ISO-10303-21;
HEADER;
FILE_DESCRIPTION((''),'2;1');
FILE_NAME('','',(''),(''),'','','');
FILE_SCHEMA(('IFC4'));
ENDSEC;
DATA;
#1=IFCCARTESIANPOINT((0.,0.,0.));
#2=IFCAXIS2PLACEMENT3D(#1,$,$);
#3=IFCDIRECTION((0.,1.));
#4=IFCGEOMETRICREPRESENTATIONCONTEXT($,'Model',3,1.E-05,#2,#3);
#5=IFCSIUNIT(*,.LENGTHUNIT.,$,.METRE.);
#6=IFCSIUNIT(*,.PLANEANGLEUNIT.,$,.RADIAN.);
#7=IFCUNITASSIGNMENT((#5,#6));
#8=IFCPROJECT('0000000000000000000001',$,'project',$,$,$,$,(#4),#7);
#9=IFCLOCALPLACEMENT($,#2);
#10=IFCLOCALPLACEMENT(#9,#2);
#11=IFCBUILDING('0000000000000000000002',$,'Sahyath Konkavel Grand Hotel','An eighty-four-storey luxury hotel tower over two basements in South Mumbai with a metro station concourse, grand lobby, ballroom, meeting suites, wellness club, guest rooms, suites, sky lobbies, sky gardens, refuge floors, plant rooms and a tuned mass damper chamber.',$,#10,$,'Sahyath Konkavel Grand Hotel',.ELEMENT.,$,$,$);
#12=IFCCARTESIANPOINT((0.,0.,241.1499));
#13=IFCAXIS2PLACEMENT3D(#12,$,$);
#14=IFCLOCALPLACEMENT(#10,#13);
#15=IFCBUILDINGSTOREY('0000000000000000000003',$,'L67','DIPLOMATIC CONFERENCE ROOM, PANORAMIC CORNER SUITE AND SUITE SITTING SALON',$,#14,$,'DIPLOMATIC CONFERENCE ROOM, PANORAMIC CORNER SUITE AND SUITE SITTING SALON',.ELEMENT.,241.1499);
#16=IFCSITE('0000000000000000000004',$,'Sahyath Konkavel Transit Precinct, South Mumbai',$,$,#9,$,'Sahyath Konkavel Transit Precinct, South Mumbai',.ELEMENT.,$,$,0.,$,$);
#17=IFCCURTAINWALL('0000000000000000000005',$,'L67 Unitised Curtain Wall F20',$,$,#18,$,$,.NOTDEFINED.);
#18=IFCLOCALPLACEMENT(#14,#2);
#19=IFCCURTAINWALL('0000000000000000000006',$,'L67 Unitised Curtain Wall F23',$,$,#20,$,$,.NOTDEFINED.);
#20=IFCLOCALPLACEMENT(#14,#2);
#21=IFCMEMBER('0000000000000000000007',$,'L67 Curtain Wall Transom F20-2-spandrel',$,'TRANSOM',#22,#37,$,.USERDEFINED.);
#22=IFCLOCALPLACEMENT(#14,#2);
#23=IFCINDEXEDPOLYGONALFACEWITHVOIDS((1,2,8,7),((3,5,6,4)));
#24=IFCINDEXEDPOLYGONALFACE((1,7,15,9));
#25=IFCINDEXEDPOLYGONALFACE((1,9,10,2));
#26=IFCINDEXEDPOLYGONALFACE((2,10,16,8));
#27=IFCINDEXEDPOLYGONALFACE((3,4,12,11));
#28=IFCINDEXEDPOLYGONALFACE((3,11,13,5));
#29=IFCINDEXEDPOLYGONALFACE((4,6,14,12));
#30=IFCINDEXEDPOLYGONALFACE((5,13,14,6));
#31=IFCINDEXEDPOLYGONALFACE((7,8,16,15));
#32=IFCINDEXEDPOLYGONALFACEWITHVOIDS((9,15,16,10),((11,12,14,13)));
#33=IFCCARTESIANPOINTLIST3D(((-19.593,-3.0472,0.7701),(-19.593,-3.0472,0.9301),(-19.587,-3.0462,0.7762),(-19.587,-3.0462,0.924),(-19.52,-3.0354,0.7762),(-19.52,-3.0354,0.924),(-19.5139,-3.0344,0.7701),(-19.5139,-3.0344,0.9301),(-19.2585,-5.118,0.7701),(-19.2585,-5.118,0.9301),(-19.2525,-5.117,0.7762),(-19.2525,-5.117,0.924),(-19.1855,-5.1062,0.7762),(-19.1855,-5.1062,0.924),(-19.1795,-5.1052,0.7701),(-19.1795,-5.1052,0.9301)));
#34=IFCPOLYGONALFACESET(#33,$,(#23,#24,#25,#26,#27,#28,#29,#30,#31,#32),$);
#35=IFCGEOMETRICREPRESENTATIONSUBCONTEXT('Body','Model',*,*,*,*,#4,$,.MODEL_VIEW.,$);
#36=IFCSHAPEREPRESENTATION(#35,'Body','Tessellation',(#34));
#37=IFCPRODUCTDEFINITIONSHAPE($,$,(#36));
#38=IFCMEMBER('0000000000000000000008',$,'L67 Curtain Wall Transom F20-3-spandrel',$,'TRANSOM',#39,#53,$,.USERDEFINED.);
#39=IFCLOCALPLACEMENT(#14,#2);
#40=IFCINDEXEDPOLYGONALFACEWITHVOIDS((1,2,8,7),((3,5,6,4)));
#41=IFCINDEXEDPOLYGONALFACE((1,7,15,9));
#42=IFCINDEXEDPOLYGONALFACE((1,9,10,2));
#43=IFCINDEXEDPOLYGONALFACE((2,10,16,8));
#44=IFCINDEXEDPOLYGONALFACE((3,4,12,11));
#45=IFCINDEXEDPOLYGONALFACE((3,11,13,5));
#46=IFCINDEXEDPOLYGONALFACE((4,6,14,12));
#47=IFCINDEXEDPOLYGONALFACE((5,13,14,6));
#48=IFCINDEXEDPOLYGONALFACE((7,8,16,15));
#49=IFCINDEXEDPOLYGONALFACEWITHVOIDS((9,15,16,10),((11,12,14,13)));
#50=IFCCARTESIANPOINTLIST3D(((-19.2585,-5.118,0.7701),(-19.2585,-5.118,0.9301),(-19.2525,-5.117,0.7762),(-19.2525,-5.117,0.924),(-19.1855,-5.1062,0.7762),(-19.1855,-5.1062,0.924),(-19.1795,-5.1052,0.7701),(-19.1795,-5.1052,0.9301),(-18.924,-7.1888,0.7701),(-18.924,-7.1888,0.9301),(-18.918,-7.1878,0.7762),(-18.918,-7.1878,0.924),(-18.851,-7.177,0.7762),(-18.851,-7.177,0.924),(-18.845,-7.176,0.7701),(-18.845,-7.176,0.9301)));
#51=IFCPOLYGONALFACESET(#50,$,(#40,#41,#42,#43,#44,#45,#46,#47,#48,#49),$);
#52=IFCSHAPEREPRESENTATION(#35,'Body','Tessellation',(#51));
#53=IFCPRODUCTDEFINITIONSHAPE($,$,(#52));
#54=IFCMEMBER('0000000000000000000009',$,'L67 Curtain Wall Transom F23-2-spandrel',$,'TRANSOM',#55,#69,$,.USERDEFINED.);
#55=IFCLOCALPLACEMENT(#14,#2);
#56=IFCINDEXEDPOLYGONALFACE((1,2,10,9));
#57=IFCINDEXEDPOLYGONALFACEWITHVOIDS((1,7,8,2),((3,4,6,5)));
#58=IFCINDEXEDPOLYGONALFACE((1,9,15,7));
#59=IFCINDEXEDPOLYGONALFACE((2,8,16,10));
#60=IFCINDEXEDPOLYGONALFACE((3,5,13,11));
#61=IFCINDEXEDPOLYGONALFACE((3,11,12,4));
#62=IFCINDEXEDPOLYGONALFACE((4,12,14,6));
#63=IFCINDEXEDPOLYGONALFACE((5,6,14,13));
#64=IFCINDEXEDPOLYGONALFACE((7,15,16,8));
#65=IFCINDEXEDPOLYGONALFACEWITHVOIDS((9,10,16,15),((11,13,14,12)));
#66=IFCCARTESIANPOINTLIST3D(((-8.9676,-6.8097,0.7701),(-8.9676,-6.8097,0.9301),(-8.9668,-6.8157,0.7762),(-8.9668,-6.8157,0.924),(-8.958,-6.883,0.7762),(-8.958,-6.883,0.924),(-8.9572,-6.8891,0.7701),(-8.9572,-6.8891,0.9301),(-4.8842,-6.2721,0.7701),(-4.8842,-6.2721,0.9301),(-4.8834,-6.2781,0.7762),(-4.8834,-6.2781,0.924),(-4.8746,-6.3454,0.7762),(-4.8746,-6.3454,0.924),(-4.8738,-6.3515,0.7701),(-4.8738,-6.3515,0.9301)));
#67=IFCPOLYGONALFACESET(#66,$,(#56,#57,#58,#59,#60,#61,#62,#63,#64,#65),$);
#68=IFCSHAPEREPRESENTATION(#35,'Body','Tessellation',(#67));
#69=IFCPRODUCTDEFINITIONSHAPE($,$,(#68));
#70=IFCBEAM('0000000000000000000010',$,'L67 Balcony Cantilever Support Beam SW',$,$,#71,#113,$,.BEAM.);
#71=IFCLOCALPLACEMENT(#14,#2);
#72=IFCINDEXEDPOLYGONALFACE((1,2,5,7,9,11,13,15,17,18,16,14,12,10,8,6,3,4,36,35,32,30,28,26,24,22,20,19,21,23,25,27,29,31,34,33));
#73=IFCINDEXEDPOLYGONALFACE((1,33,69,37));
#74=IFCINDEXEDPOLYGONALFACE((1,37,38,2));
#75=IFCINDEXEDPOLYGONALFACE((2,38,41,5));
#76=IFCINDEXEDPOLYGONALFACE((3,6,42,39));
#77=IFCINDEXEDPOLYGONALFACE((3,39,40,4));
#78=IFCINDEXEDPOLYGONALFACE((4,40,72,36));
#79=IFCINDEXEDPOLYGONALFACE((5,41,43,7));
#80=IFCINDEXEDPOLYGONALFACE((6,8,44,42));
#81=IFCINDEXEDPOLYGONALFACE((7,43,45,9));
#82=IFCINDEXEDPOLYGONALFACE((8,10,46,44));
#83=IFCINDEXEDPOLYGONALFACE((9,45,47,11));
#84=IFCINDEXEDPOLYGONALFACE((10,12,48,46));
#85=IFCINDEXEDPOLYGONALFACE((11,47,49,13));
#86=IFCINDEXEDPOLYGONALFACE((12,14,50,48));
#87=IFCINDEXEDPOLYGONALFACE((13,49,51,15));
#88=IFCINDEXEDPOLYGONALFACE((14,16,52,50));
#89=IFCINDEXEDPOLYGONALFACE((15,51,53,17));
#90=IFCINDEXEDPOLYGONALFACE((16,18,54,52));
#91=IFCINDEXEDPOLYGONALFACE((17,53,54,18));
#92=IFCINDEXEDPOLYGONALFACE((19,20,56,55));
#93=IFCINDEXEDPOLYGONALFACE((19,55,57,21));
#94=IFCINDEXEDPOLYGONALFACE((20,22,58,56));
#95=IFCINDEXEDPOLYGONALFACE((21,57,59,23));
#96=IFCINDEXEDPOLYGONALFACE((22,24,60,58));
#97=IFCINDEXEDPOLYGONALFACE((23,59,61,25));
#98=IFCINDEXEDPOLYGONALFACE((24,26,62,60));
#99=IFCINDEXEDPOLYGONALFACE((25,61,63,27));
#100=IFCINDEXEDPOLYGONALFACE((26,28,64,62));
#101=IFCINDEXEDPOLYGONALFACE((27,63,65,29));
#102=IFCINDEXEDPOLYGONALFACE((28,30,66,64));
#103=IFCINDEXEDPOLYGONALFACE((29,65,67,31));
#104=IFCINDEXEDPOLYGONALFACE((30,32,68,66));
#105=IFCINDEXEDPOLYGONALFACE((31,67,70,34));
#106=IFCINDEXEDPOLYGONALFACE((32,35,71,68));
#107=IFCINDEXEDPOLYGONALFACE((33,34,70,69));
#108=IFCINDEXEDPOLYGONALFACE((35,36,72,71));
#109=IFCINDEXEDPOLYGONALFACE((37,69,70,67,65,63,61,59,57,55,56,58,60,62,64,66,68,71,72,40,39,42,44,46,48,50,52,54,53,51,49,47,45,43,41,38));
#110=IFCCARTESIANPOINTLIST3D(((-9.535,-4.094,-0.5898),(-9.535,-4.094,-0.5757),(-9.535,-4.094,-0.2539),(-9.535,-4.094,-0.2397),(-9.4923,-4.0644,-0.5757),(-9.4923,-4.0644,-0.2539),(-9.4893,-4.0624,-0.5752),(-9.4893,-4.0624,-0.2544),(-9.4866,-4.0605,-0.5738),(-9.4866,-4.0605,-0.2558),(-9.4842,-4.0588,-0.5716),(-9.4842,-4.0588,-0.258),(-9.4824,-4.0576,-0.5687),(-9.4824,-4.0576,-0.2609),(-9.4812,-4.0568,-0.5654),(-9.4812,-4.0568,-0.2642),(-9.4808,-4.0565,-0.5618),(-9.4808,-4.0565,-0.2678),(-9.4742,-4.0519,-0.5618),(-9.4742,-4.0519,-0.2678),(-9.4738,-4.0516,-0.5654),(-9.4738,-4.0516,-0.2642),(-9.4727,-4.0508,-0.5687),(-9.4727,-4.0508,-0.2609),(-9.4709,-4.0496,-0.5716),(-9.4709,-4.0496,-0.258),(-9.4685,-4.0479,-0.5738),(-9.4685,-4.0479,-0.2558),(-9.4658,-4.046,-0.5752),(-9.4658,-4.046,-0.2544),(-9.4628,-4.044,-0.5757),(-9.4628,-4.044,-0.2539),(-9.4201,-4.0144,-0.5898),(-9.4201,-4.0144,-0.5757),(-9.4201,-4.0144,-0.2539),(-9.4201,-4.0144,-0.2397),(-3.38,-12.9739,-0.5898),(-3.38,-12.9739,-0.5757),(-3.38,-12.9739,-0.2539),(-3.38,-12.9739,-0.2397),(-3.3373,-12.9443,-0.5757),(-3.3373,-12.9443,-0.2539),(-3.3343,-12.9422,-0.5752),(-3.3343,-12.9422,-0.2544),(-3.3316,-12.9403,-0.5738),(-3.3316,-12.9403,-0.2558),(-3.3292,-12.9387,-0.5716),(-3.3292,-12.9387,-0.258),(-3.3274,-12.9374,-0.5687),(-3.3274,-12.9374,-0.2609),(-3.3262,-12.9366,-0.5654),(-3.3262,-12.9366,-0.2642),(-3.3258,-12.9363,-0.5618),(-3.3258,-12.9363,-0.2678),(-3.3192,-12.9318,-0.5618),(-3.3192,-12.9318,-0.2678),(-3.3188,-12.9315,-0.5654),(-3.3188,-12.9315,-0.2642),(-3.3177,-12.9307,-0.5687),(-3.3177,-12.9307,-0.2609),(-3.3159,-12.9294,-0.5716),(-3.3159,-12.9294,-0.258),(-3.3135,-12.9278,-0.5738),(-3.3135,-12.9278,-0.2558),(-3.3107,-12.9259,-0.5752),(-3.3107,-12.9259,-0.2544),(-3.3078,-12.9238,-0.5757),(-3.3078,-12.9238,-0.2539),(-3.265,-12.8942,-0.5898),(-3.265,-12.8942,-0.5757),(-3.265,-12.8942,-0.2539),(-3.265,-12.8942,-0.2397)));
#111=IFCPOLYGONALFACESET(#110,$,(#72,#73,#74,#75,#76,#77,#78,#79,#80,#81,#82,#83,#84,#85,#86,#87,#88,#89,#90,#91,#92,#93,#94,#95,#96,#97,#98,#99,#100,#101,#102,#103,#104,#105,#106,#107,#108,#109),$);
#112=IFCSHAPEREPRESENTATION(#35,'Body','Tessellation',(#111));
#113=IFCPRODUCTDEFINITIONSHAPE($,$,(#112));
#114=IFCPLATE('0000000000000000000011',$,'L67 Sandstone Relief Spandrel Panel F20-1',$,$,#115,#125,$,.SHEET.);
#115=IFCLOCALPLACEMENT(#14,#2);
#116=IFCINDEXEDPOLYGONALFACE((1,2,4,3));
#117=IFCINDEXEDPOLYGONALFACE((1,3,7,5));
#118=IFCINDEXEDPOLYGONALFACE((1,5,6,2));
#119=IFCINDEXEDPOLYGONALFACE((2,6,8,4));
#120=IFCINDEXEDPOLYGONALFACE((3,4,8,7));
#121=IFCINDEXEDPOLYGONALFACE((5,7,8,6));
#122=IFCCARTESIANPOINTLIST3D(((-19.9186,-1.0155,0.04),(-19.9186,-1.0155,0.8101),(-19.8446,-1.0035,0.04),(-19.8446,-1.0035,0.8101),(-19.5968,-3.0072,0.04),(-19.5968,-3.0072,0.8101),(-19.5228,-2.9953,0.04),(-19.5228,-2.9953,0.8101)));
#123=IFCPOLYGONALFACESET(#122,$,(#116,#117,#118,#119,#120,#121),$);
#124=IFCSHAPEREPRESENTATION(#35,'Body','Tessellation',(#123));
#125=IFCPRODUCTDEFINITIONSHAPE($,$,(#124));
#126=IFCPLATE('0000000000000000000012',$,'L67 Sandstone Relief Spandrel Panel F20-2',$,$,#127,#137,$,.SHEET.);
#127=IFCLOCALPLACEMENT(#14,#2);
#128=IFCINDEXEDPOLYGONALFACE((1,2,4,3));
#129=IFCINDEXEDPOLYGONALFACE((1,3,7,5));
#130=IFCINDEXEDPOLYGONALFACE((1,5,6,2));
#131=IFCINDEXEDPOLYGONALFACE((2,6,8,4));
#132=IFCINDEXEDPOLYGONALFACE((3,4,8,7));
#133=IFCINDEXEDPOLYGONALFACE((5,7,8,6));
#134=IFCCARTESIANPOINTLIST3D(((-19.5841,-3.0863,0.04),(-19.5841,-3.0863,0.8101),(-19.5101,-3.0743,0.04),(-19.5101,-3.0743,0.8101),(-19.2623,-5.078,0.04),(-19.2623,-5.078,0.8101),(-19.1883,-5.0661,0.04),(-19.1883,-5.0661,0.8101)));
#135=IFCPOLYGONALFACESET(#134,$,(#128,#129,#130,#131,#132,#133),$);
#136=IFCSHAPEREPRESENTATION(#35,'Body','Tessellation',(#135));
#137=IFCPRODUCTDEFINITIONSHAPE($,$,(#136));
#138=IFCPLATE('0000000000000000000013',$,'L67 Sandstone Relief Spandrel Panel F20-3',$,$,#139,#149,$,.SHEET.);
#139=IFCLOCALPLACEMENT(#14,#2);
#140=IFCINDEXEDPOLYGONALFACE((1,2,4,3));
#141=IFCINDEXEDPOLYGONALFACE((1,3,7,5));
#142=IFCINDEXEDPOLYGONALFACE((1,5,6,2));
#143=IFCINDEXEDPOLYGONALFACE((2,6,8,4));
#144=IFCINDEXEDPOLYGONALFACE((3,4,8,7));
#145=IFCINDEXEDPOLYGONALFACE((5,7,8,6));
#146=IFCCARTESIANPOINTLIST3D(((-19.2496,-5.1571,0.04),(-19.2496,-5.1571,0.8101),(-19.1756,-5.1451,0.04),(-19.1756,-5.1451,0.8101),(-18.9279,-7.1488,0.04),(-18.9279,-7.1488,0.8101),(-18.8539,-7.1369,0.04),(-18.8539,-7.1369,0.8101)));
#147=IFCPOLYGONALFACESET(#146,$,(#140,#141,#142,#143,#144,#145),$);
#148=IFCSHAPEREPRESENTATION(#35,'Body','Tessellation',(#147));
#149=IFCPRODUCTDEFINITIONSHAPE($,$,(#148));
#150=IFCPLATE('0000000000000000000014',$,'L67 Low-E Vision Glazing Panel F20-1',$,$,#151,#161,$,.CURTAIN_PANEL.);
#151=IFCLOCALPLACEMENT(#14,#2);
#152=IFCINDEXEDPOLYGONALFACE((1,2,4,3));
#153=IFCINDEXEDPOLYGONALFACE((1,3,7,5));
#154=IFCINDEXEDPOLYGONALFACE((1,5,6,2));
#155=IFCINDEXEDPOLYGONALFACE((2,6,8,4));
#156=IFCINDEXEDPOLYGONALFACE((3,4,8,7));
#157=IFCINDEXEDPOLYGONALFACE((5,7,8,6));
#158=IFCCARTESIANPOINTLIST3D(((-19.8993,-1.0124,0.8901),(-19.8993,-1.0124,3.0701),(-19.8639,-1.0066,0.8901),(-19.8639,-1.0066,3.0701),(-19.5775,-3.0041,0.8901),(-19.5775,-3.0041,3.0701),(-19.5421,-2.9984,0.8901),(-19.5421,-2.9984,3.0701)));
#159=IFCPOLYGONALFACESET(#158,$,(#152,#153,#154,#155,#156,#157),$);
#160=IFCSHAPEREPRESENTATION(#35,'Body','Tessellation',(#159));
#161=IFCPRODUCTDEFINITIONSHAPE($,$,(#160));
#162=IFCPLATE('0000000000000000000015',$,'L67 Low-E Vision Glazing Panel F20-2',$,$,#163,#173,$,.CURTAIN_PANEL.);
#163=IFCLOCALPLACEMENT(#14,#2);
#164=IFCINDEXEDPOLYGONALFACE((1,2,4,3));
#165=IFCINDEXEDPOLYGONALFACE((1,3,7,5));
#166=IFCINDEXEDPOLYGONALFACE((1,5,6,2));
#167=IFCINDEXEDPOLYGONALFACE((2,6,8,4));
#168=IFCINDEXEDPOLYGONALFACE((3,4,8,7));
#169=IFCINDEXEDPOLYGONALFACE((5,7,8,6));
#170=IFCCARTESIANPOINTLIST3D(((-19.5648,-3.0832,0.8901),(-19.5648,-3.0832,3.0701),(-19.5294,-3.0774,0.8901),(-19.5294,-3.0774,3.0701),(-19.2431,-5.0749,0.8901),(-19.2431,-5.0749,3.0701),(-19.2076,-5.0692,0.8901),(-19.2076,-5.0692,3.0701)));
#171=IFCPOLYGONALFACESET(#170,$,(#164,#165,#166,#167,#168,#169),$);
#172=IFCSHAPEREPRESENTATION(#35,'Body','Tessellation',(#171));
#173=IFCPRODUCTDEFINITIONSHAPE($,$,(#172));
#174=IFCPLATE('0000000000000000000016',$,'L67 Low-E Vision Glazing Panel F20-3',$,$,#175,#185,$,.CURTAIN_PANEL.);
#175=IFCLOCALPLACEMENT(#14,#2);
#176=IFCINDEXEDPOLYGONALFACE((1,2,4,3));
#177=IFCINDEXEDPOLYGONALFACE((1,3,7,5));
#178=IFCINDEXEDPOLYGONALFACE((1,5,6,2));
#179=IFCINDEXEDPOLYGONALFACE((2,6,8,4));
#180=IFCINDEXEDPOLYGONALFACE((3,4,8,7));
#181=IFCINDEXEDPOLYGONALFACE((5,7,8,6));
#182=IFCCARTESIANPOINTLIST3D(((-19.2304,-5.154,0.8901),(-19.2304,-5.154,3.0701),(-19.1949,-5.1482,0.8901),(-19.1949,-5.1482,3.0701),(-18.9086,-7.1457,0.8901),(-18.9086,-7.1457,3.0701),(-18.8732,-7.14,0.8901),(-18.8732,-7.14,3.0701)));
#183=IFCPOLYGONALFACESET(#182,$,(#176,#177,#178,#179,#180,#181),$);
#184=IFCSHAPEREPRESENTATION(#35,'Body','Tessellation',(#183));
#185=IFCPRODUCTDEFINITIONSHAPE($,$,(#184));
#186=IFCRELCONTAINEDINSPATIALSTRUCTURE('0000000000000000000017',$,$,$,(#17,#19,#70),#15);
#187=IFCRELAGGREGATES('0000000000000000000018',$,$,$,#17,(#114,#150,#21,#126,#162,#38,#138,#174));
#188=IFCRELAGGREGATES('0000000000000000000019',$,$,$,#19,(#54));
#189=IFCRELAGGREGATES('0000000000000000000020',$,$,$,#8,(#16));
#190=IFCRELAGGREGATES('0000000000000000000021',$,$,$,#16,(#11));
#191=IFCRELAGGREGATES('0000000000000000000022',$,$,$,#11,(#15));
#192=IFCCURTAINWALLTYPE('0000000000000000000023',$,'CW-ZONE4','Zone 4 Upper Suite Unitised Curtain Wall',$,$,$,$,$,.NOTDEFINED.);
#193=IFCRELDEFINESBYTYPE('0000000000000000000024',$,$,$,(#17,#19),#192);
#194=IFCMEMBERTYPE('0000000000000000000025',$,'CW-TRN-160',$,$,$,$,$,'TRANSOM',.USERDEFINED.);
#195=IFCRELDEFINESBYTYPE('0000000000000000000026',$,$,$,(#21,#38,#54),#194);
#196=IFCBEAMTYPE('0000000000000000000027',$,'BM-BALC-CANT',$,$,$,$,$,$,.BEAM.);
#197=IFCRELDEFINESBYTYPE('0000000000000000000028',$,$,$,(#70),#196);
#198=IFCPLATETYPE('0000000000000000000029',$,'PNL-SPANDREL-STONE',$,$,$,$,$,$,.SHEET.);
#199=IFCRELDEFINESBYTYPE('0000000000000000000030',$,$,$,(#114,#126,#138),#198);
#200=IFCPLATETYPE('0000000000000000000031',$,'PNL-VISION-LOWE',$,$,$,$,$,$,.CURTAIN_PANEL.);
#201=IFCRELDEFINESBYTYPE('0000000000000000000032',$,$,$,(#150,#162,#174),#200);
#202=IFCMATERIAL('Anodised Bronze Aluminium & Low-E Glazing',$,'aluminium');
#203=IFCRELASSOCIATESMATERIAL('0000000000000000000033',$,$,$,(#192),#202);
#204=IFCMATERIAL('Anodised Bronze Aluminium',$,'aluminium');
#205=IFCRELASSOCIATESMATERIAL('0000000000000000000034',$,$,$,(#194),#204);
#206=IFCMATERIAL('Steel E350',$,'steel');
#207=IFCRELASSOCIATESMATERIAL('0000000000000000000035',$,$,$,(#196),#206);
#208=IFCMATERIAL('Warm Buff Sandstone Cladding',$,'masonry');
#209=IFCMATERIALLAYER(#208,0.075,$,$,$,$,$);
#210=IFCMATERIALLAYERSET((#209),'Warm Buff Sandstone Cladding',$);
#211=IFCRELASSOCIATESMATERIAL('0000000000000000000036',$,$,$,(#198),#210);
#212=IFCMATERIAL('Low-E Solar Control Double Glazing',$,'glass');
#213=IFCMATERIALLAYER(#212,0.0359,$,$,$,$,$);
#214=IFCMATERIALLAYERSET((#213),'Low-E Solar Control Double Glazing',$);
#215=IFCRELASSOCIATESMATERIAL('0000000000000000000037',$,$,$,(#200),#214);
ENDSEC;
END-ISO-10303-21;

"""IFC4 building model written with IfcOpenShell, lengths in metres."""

from ifc_helpers import new_model, si_unit, direction, frame, origin, origin_2d, place, context, subcontext, project, spatial, rectangle, hollow_rectangle, i_section, extrude, source, transform, mapped, material, layer, layer_set, material_profile, profile_set, type_object, element, aggregate, save


model = new_model("IFC4")

# Units and contexts
model_context = context("Model", 3, precision=1e-05, world=origin(), true_north=direction((0.0, 1.0)))
body_context = subcontext(model_context, "Body", "Model", "MODEL_VIEW")
ifc_project = project(units=[si_unit("LENGTHUNIT", "METRE"), si_unit("PLANEANGLEUNIT", "RADIAN")], contexts=[model_context])

# Site, building, storey
site_placement = place(None, origin())
site = spatial("IfcSite", under=ifc_project, at=site_placement, Name="Sahyath Konkavel Transit Precinct, South Mumbai", LongName="Sahyath Konkavel Transit Precinct, South Mumbai", CompositionType="ELEMENT", RefElevation=0.0)
building_placement = place(site_placement, origin())
building = spatial("IfcBuilding", under=site, at=building_placement, Name="Sahyath Konkavel Grand Hotel", Description="An eighty-four-storey luxury hotel tower over two basements in South Mumbai with a metro station concourse, grand lobby, ballroom, meeting suites, wellness club, guest rooms, suites, sky lobbies, sky gardens, refuge floors, plant rooms and a tuned mass damper chamber.", LongName="Sahyath Konkavel Grand Hotel", CompositionType="ELEMENT")
storey_placement = place(building_placement, frame((0.0, 0.0, 241.1499)))
storey = spatial("IfcBuildingStorey", under=building, at=storey_placement, Name="L67", Description="DIPLOMATIC CONFERENCE ROOM, PANORAMIC CORNER SUITE AND SUITE SITTING SALON", LongName="DIPLOMATIC CONFERENCE ROOM, PANORAMIC CORNER SUITE AND SUITE SITTING SALON", CompositionType="ELEMENT", Elevation=241.1499)

# Shared definitions
ifc_material_1 = material(Name="Steel E350", Category="steel")

# Curtain wall
ifc_material_2 = material(Name="Anodised Bronze Aluminium & Low-E Glazing", Category="aluminium")
curtain_wall_type = type_object("IfcCurtainWallType", Name="CW-ZONE4", Description="Zone 4 Upper Suite Unitised Curtain Wall", PredefinedType="NOTDEFINED", material=ifc_material_2)
curtain_wall_1_placement = place(storey_placement, origin())
curtain_wall_1 = element("IfcCurtainWall", 1, at=curtain_wall_1_placement, inside=storey, type_object=curtain_wall_type, Name="L67 Unitised Curtain Wall F20", PredefinedType="NOTDEFINED")
ifc_material_3 = material(Name="Anodised Bronze Aluminium", Category="aluminium")

# Curtain wall
curtain_wall_2_placement = place(storey_placement, origin())
curtain_wall_2 = element("IfcCurtainWall", 2, at=curtain_wall_2_placement, inside=storey, type_object=curtain_wall_type, Name="L67 Unitised Curtain Wall F23", PredefinedType="NOTDEFINED")

# Members
ifc_material_profile_1 = material_profile(ifc_material_3, hollow_rectangle(XDim=0.0801, YDim=0.1599, WallThickness=0.0061, at=origin_2d()), Name="RHS 160x80x6")
ifc_profile_set_1 = profile_set([ifc_material_profile_1], Name="Anodised Bronze Aluminium")
member_type_1 = type_object("IfcMemberType", Name="CW-TRN-160", ElementType="TRANSOM", PredefinedType="USERDEFINED", material=ifc_profile_set_1)
shared_shape_1 = source(origin(), body_context, "Body", "SweptSolid", [
    extrude(hollow_rectangle(XDim=0.0801, YDim=0.1599, WallThickness=0.0061, at=origin_2d()), origin(), (0.0, 0.0, 1.0), 2.0977),
])
member_1_placement = place(storey_placement, frame((-19.5535, -3.0408, 0.8501), z_axis=(0.159452, -0.987206, 0.0), x_axis=(0.987206, 0.159452, 0.0)))
member_1 = element("IfcMember", 3, at=member_1_placement, type_object=member_type_1, Name="L67 Curtain Wall Transom F20-2-spandrel", ObjectType="TRANSOM", PredefinedType="USERDEFINED", context=body_context, shape_type="MappedRepresentation", body=[
    mapped(shared_shape_1, transform((0.0, 0.0, 0.0), scale=1.0)),
])
member_2_placement = place(storey_placement, frame((-19.219, -5.1116, 0.8501), z_axis=(0.159452, -0.987206, 0.0), x_axis=(0.987206, 0.159452, 0.0)))
member_2 = element("IfcMember", 4, at=member_2_placement, type_object=member_type_1, Name="L67 Curtain Wall Transom F20-3-spandrel", ObjectType="TRANSOM", PredefinedType="USERDEFINED", context=body_context, shape_type="MappedRepresentation", body=[
    mapped(shared_shape_1, transform((0.0, 0.0, 0.0), scale=1.0)),
])
shared_shape_2 = source(origin(), body_context, "Body", "SweptSolid", [
    extrude(hollow_rectangle(XDim=0.0801, YDim=0.1599, WallThickness=0.0061, at=origin_2d()), origin(), (0.0, 0.0, 1.0), 4.1187),
])
member_3_placement = place(storey_placement, frame((-8.9624, -6.8494, 0.8501), z_axis=(0.991445, 0.130525, 0.0), x_axis=(-0.130525, 0.991445, 0.0)))
member_3 = element("IfcMember", 5, at=member_3_placement, type_object=member_type_1, Name="L67 Curtain Wall Transom F23-2-spandrel", ObjectType="TRANSOM", PredefinedType="USERDEFINED", context=body_context, shape_type="MappedRepresentation", body=[
    mapped(shared_shape_2, transform((0.0, 0.0, 0.0), scale=1.0)),
])

# Beam
ifc_material_profile_2 = material_profile(ifc_material_1, i_section(OverallWidth=0.1399, OverallDepth=0.3501, WebThickness=0.0081, FlangeThickness=0.0142, FilletRadius=0.0139, at=origin_2d()), Name="ISMB 350")
ifc_profile_set_2 = profile_set([ifc_material_profile_2], Name="Steel E350")
beam_type_1 = type_object("IfcBeamType", Name="BM-BALC-CANT", PredefinedType="BEAM", material=ifc_profile_set_2)
shared_shape_3 = source(origin(), body_context, "Body", "SweptSolid", [
    extrude(i_section(OverallWidth=0.1399, OverallDepth=0.3501, WebThickness=0.0081, FlangeThickness=0.0142, FilletRadius=0.0139, at=origin_2d()), origin(), (0.0, 0.0, 1.0), 10.8044),
])
beam_1_placement = place(storey_placement, frame((-9.4775, -4.0542, -0.4148), z_axis=(0.569674, -0.821871, 0.0), x_axis=(0.821871, 0.569674, 0.0)))
element("IfcBeam", 6, at=beam_1_placement, inside=storey, type_object=beam_type_1, Name="L67 Balcony Cantilever Support Beam SW", PredefinedType="BEAM", context=body_context, shape_type="MappedRepresentation", body=[
    mapped(shared_shape_3, transform((0.0, 0.0, 0.0), scale=1.0)),
])

# Plates
ifc_material_4 = material(Name="Warm Buff Sandstone Cladding", Category="masonry")
ifc_layer_1 = layer(ifc_material_4, 0.075)
ifc_layer_set_1 = layer_set([ifc_layer_1], Name="Warm Buff Sandstone Cladding")
plate_type_1 = type_object("IfcPlateType", Name="PNL-SPANDREL-STONE", PredefinedType="SHEET", material=ifc_layer_set_1)
shared_shape_4 = source(origin(), body_context, "Body", "SweptSolid", [
    extrude(rectangle(XDim=2.0176, YDim=0.075, at=origin_2d()), origin(), (0.0, 0.0, 1.0), 0.77),
])
plate_1_placement = place(storey_placement, frame((-19.7207, -2.0054, 0.04), z_axis=(0.0, 0.0, 1.0), x_axis=(0.159485, -0.9872, 0.0)))
plate_1 = element("IfcPlate", 7, at=plate_1_placement, type_object=plate_type_1, Name="L67 Sandstone Relief Spandrel Panel F20-1", PredefinedType="SHEET", context=body_context, shape_type="MappedRepresentation", body=[
    mapped(shared_shape_4, transform((0.0, 0.0, 0.0), scale=1.0)),
])
plate_2_placement = place(storey_placement, frame((-19.3862, -4.0762, 0.04), z_axis=(0.0, 0.0, 1.0), x_axis=(0.159485, -0.9872, 0.0)))
plate_2 = element("IfcPlate", 8, at=plate_2_placement, type_object=plate_type_1, Name="L67 Sandstone Relief Spandrel Panel F20-2", PredefinedType="SHEET", context=body_context, shape_type="MappedRepresentation", body=[
    mapped(shared_shape_4, transform((0.0, 0.0, 0.0), scale=1.0)),
])
plate_3_placement = place(storey_placement, frame((-19.0518, -6.147, 0.04), z_axis=(0.0, 0.0, 1.0), x_axis=(0.159485, -0.9872, 0.0)))
plate_3 = element("IfcPlate", 9, at=plate_3_placement, type_object=plate_type_1, Name="L67 Sandstone Relief Spandrel Panel F20-3", PredefinedType="SHEET", context=body_context, shape_type="MappedRepresentation", body=[
    mapped(shared_shape_4, transform((0.0, 0.0, 0.0), scale=1.0)),
])
ifc_material_5 = material(Name="Low-E Solar Control Double Glazing", Category="glass")
ifc_layer_2 = layer(ifc_material_5, 0.0359)
ifc_layer_set_2 = layer_set([ifc_layer_2], Name="Low-E Solar Control Double Glazing")
plate_type_2 = type_object("IfcPlateType", Name="PNL-VISION-LOWE", PredefinedType="CURTAIN_PANEL", material=ifc_layer_set_2)
shared_shape_5 = source(origin(), body_context, "Body", "SweptSolid", [
    extrude(rectangle(XDim=2.0176, YDim=0.0359, at=origin_2d()), origin(), (0.0, 0.0, 1.0), 2.1799),
])
plate_4_placement = place(storey_placement, frame((-19.7207, -2.0054, 0.8901), z_axis=(0.0, 0.0, 1.0), x_axis=(0.159485, -0.9872, 0.0)))
plate_4 = element("IfcPlate", 10, at=plate_4_placement, type_object=plate_type_2, Name="L67 Low-E Vision Glazing Panel F20-1", PredefinedType="CURTAIN_PANEL", context=body_context, shape_type="MappedRepresentation", body=[
    mapped(shared_shape_5, transform((0.0, 0.0, 0.0), scale=1.0)),
])
plate_5_placement = place(storey_placement, frame((-19.3862, -4.0762, 0.8901), z_axis=(0.0, 0.0, 1.0), x_axis=(0.159485, -0.9872, 0.0)))
plate_5 = element("IfcPlate", 11, at=plate_5_placement, type_object=plate_type_2, Name="L67 Low-E Vision Glazing Panel F20-2", PredefinedType="CURTAIN_PANEL", context=body_context, shape_type="MappedRepresentation", body=[
    mapped(shared_shape_5, transform((0.0, 0.0, 0.0), scale=1.0)),
])
plate_6_placement = place(storey_placement, frame((-19.0518, -6.147, 0.8901), z_axis=(0.0, 0.0, 1.0), x_axis=(0.159485, -0.9872, 0.0)))
plate_6 = element("IfcPlate", 12, at=plate_6_placement, type_object=plate_type_2, Name="L67 Low-E Vision Glazing Panel F20-3", PredefinedType="CURTAIN_PANEL", context=body_context, shape_type="MappedRepresentation", body=[
    mapped(shared_shape_5, transform((0.0, 0.0, 0.0), scale=1.0)),
])
aggregate(curtain_wall_1, [plate_1, plate_4, member_1, plate_2, plate_5, member_2, plate_3, plate_6])
aggregate(curtain_wall_2, [member_3])

save(model, "model.ifc")
